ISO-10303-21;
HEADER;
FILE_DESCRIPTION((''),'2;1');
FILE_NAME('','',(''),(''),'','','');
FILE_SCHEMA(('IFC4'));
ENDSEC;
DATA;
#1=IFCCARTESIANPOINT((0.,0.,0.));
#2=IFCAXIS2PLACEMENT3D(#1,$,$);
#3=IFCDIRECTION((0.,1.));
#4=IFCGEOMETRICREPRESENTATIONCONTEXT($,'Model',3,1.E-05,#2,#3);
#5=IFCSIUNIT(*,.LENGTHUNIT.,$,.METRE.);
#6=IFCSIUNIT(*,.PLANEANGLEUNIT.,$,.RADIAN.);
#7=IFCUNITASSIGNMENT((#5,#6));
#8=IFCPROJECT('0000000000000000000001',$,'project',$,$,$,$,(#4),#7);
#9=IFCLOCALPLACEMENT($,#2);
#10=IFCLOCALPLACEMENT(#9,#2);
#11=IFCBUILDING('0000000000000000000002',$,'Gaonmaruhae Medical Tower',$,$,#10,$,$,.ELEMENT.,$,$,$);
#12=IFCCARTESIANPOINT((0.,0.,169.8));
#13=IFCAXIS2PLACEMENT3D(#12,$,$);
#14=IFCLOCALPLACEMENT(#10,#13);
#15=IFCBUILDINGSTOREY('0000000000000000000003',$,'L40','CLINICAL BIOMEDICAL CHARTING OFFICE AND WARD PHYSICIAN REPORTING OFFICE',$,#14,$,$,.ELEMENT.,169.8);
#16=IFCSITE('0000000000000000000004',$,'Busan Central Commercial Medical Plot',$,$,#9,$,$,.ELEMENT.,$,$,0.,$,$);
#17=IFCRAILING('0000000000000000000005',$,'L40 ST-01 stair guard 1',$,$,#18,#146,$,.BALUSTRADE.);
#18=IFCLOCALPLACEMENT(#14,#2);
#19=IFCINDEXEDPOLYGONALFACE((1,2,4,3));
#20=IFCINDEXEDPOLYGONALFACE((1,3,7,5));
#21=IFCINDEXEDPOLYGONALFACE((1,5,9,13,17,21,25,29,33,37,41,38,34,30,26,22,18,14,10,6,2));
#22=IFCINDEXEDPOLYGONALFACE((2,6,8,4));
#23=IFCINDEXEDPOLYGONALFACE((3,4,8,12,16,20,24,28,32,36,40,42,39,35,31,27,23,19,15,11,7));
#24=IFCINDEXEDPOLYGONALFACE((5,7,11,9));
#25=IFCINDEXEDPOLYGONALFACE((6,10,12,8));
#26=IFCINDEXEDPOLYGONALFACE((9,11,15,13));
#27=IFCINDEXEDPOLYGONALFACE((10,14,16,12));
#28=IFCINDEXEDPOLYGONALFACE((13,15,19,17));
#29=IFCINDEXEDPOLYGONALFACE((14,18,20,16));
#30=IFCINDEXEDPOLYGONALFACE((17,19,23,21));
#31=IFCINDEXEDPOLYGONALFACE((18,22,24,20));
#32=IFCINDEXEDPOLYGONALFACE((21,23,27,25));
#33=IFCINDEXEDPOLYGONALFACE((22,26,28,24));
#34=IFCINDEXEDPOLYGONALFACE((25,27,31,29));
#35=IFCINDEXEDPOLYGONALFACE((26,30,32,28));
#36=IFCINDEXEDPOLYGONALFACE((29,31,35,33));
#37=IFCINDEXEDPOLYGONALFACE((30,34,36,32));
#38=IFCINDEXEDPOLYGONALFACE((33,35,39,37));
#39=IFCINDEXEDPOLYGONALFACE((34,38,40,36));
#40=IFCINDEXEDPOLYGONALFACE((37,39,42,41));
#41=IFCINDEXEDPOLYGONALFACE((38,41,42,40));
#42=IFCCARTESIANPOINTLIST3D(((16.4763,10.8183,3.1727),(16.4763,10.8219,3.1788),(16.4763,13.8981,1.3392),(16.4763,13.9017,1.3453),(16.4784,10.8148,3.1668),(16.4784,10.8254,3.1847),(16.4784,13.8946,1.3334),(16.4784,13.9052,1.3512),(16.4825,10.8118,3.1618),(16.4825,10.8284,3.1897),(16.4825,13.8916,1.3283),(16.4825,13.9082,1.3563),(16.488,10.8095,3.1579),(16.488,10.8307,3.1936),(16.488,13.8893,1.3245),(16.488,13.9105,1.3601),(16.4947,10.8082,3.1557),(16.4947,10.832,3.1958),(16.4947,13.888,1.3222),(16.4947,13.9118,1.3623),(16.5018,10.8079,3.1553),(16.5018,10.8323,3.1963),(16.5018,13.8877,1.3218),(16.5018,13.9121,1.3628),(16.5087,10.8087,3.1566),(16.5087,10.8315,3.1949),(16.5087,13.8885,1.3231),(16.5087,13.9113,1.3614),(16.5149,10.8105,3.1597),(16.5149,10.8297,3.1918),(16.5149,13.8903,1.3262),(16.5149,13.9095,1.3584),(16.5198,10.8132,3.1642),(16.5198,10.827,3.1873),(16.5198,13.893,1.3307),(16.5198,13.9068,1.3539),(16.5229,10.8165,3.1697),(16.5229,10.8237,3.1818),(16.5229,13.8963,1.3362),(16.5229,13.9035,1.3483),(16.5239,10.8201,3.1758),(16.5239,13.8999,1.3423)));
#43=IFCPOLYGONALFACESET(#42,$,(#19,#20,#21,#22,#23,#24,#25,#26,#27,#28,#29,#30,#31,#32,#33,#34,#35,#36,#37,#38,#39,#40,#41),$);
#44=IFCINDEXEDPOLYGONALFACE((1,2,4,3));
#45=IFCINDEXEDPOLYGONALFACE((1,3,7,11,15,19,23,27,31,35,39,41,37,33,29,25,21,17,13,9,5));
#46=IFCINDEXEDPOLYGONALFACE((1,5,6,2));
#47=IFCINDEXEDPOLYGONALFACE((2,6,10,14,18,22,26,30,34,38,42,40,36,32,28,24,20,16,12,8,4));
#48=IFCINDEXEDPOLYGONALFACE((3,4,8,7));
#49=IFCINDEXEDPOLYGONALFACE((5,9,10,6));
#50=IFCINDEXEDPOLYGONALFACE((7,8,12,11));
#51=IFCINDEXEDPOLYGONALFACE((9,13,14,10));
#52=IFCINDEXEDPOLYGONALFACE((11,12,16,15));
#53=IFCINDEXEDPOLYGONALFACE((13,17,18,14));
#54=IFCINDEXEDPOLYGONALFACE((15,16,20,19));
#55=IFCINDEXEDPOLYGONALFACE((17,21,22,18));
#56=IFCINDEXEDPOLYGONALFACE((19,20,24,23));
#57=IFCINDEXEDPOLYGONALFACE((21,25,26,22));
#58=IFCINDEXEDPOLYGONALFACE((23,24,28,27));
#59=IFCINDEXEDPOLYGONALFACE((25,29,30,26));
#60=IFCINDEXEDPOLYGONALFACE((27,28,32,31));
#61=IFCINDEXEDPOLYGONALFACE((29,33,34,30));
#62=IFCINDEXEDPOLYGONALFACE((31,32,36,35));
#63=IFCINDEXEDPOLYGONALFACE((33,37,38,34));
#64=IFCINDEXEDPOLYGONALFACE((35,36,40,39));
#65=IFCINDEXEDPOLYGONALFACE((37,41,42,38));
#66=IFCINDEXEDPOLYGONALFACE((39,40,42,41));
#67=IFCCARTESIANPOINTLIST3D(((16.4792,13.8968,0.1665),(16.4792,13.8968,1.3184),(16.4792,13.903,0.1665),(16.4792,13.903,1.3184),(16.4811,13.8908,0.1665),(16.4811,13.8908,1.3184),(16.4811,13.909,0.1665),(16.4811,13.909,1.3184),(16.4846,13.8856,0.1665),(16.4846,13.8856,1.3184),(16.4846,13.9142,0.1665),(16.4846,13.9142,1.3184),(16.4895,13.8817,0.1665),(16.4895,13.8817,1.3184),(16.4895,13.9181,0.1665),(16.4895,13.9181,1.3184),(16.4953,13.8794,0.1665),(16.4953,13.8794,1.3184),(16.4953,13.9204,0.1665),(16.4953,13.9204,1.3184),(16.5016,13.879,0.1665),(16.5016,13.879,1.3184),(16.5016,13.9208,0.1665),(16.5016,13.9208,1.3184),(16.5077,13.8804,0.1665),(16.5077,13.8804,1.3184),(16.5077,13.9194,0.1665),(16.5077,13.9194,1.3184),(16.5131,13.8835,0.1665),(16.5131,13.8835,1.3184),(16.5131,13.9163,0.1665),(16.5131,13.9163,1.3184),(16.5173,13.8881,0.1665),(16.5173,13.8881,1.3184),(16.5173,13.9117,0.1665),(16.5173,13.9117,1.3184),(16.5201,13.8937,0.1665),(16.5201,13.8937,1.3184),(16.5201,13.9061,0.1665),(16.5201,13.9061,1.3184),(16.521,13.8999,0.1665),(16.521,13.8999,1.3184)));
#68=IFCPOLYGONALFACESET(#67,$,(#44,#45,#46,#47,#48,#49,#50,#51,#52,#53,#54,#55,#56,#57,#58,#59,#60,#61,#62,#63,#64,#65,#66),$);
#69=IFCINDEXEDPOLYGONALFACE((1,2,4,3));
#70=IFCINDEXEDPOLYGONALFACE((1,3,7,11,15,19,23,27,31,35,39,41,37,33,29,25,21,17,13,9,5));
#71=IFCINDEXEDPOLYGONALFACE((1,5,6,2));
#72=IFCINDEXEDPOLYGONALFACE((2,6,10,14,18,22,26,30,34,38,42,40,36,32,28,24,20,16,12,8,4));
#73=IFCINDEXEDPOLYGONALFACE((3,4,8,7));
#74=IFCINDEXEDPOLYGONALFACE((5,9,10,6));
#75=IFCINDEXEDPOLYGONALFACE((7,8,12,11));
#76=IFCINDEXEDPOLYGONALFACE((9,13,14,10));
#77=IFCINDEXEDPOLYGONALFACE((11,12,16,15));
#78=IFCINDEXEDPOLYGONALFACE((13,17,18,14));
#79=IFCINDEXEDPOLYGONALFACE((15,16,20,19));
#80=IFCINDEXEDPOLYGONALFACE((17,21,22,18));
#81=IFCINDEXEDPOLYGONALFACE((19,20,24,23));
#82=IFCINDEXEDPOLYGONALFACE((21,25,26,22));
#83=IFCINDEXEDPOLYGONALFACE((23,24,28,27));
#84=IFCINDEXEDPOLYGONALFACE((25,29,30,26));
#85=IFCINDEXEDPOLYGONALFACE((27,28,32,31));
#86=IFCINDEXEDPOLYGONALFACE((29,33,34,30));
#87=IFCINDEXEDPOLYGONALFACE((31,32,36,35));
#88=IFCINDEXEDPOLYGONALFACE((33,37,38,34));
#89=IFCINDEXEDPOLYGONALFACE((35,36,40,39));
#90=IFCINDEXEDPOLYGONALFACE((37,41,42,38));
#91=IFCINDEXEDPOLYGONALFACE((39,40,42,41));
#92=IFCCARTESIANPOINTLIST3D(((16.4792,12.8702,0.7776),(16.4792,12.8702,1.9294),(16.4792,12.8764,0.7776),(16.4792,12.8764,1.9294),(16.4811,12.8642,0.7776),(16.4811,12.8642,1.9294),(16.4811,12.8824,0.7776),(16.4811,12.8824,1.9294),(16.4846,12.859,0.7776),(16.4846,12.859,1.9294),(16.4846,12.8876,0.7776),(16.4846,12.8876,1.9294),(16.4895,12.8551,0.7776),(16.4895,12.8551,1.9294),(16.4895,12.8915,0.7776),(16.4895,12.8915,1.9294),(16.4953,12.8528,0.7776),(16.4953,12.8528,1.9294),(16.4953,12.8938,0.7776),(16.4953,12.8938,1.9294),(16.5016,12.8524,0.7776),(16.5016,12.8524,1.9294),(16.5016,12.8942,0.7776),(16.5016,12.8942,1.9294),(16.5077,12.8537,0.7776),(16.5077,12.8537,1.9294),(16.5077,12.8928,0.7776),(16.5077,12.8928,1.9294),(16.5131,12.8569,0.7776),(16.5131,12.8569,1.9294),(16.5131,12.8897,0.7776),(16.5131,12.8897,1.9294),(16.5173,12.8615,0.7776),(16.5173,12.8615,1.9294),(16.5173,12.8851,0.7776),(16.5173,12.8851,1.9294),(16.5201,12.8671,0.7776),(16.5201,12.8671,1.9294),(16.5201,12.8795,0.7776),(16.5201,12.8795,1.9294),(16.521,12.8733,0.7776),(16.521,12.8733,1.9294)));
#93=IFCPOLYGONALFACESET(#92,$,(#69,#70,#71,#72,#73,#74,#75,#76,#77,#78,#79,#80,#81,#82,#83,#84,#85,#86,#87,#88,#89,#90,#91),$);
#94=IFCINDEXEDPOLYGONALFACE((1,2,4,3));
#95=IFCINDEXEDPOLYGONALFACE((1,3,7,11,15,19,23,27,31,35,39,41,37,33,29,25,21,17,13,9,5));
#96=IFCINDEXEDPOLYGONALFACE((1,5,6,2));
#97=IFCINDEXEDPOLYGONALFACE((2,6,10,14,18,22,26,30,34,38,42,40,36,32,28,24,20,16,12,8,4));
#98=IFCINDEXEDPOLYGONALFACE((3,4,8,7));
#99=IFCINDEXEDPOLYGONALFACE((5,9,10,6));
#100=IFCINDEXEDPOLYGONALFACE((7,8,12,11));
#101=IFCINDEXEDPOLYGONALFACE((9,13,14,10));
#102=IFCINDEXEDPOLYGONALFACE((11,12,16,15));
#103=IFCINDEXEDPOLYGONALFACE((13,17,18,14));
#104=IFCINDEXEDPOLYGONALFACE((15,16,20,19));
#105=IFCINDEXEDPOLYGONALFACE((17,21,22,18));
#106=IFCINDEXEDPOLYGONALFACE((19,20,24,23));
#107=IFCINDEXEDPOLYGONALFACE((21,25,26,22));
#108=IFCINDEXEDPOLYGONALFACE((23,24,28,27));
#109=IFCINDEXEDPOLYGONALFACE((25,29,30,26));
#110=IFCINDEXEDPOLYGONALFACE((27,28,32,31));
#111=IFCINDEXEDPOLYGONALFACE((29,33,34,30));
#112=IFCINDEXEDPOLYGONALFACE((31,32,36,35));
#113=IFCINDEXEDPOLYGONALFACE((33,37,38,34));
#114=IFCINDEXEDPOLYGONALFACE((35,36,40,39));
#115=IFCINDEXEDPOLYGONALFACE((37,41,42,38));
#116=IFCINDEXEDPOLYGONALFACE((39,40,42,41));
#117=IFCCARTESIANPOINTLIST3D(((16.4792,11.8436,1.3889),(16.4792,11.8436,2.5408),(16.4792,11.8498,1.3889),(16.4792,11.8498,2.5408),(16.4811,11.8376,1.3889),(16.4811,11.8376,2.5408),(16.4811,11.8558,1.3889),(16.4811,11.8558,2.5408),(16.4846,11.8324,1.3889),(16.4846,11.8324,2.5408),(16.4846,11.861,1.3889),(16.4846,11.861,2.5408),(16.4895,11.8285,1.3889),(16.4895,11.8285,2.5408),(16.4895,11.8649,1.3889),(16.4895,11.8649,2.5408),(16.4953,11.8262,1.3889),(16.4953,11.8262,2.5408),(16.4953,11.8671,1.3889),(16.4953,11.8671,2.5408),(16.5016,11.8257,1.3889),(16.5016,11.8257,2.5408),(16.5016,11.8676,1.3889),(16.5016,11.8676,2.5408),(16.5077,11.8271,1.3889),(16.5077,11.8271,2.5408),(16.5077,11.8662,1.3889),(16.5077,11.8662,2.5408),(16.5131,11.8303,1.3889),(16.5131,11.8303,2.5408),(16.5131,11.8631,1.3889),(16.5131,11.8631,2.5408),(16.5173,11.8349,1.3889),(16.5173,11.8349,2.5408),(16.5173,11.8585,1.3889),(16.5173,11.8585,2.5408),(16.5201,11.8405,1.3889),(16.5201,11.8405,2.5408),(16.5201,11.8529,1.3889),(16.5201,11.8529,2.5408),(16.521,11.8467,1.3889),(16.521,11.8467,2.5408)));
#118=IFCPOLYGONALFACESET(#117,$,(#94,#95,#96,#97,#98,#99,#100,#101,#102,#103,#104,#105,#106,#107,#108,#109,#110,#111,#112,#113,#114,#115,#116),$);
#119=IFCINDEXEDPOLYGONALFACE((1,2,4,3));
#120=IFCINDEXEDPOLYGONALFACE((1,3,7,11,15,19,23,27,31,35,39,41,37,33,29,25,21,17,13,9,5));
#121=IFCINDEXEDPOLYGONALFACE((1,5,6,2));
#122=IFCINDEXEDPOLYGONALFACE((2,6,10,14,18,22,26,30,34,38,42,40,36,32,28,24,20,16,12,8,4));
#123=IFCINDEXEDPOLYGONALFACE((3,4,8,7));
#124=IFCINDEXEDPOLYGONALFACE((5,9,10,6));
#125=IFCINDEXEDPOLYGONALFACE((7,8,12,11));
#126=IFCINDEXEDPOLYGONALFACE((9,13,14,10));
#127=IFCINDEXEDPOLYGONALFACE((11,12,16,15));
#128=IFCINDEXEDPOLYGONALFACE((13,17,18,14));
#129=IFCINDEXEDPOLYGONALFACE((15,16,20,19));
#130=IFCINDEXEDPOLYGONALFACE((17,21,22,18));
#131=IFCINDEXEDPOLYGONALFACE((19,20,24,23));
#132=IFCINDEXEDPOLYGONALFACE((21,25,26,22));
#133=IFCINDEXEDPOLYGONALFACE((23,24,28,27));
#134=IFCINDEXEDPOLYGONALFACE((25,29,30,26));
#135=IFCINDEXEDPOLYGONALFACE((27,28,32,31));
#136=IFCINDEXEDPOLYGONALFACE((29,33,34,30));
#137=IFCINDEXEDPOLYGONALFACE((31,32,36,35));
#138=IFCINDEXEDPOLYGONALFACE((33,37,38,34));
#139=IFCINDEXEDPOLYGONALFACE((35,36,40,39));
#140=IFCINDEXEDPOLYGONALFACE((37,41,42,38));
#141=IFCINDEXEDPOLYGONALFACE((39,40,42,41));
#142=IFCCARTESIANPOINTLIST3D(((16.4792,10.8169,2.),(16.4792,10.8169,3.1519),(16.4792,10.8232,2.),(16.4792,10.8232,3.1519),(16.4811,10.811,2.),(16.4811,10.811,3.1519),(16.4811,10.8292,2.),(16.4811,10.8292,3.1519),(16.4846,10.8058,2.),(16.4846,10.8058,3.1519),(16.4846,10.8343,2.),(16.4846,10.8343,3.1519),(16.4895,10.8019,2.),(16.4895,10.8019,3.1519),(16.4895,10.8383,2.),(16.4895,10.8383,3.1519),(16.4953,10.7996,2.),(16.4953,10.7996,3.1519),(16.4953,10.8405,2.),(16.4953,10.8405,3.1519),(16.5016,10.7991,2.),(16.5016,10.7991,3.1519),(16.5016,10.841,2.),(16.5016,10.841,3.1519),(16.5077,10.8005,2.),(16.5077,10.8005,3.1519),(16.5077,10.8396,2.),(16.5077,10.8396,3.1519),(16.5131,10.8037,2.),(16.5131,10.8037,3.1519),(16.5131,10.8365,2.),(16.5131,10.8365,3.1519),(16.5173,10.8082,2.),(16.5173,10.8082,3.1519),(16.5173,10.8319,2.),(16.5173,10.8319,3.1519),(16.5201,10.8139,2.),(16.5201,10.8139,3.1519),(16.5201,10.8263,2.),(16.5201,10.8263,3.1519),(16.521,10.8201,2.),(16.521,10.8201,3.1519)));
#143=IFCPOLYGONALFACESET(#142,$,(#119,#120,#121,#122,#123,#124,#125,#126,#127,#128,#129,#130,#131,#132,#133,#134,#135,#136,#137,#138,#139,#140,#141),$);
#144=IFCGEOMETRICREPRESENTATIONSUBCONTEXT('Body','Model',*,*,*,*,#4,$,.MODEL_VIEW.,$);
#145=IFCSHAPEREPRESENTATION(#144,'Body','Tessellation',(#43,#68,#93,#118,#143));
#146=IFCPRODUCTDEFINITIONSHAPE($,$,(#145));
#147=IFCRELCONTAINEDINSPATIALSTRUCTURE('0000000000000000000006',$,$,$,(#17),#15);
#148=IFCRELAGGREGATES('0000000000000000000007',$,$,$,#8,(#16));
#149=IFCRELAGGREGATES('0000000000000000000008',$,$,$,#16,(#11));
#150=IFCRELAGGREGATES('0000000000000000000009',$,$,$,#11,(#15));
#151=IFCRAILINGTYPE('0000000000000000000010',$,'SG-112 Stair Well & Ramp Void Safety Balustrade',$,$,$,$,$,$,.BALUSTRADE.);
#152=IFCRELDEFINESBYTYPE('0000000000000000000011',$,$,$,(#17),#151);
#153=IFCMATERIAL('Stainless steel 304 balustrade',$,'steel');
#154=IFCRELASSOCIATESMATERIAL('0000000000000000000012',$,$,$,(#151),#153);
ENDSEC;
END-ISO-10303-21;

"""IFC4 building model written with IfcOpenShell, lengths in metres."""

from ifc_helpers import new_model, si_unit, direction, frame, origin, origin_2d, place, context, subcontext, project, spatial, circle, extrude, material, type_object, element, save


model = new_model("IFC4")

# Units and contexts
model_context = context("Model", 3, precision=1e-05, world=origin(), true_north=direction((0.0, 1.0)))
body_context = subcontext(model_context, "Body", "Model", "MODEL_VIEW")
ifc_project = project(units=[si_unit("LENGTHUNIT", "METRE"), si_unit("PLANEANGLEUNIT", "RADIAN")], contexts=[model_context])

# Site, building, storey
site_placement = place(None, origin())
site = spatial("IfcSite", under=ifc_project, at=site_placement, Name="Busan Central Commercial Medical Plot", CompositionType="ELEMENT", RefElevation=0.0)
building_placement = place(site_placement, origin())
building = spatial("IfcBuilding", under=site, at=building_placement, Name="Gaonmaruhae Medical Tower", CompositionType="ELEMENT")
storey_placement = place(building_placement, frame((0.0, 0.0, 169.8)))
storey = spatial("IfcBuildingStorey", under=building, at=storey_placement, Name="L40", Description="CLINICAL BIOMEDICAL CHARTING OFFICE AND WARD PHYSICIAN REPORTING OFFICE", CompositionType="ELEMENT", Elevation=169.8)

# Railing
ifc_material_1 = material(Name="Stainless steel 304 balustrade", Category="steel")
railing_type_1 = type_object("IfcRailingType", Name="SG-112 Stair Well & Ramp Void Safety Balustrade", PredefinedType="BALUSTRADE", material=ifc_material_1)
railing_1_placement = place(storey_placement, frame((16.5, 13.8999, 0.1665)))
element("IfcRailing", 1, at=railing_1_placement, inside=storey, type_object=railing_type_1, Name="L40 ST-01 stair guard 1", PredefinedType="BALUSTRADE", context=body_context, shape_type="SweptSolid", body=[
    extrude(circle(Radius=0.0239, at=origin_2d()), frame((0.0, 0.0, 1.1758), z_axis=(0.0, -0.859261, 0.511538), x_axis=(1.0, 0.0, 0.0)), (0.0, 0.0, 1.0), 3.5842),
    extrude(circle(Radius=0.021, at=origin_2d()), origin(), (0.0, 0.0, 1.0), 1.1519),
    extrude(circle(Radius=0.021, at=origin_2d()), frame((0.0, -1.0266, 0.6111)), (0.0, 0.0, 1.0), 1.1519),
    extrude(circle(Radius=0.021, at=origin_2d()), frame((0.0, -2.0532, 1.2224)), (0.0, 0.0, 1.0), 1.1519),
    extrude(circle(Radius=0.021, at=origin_2d()), frame((0.0, -3.0798, 1.8335)), (0.0, 0.0, 1.0), 1.1519),
])

save(model, "model.ifc")
